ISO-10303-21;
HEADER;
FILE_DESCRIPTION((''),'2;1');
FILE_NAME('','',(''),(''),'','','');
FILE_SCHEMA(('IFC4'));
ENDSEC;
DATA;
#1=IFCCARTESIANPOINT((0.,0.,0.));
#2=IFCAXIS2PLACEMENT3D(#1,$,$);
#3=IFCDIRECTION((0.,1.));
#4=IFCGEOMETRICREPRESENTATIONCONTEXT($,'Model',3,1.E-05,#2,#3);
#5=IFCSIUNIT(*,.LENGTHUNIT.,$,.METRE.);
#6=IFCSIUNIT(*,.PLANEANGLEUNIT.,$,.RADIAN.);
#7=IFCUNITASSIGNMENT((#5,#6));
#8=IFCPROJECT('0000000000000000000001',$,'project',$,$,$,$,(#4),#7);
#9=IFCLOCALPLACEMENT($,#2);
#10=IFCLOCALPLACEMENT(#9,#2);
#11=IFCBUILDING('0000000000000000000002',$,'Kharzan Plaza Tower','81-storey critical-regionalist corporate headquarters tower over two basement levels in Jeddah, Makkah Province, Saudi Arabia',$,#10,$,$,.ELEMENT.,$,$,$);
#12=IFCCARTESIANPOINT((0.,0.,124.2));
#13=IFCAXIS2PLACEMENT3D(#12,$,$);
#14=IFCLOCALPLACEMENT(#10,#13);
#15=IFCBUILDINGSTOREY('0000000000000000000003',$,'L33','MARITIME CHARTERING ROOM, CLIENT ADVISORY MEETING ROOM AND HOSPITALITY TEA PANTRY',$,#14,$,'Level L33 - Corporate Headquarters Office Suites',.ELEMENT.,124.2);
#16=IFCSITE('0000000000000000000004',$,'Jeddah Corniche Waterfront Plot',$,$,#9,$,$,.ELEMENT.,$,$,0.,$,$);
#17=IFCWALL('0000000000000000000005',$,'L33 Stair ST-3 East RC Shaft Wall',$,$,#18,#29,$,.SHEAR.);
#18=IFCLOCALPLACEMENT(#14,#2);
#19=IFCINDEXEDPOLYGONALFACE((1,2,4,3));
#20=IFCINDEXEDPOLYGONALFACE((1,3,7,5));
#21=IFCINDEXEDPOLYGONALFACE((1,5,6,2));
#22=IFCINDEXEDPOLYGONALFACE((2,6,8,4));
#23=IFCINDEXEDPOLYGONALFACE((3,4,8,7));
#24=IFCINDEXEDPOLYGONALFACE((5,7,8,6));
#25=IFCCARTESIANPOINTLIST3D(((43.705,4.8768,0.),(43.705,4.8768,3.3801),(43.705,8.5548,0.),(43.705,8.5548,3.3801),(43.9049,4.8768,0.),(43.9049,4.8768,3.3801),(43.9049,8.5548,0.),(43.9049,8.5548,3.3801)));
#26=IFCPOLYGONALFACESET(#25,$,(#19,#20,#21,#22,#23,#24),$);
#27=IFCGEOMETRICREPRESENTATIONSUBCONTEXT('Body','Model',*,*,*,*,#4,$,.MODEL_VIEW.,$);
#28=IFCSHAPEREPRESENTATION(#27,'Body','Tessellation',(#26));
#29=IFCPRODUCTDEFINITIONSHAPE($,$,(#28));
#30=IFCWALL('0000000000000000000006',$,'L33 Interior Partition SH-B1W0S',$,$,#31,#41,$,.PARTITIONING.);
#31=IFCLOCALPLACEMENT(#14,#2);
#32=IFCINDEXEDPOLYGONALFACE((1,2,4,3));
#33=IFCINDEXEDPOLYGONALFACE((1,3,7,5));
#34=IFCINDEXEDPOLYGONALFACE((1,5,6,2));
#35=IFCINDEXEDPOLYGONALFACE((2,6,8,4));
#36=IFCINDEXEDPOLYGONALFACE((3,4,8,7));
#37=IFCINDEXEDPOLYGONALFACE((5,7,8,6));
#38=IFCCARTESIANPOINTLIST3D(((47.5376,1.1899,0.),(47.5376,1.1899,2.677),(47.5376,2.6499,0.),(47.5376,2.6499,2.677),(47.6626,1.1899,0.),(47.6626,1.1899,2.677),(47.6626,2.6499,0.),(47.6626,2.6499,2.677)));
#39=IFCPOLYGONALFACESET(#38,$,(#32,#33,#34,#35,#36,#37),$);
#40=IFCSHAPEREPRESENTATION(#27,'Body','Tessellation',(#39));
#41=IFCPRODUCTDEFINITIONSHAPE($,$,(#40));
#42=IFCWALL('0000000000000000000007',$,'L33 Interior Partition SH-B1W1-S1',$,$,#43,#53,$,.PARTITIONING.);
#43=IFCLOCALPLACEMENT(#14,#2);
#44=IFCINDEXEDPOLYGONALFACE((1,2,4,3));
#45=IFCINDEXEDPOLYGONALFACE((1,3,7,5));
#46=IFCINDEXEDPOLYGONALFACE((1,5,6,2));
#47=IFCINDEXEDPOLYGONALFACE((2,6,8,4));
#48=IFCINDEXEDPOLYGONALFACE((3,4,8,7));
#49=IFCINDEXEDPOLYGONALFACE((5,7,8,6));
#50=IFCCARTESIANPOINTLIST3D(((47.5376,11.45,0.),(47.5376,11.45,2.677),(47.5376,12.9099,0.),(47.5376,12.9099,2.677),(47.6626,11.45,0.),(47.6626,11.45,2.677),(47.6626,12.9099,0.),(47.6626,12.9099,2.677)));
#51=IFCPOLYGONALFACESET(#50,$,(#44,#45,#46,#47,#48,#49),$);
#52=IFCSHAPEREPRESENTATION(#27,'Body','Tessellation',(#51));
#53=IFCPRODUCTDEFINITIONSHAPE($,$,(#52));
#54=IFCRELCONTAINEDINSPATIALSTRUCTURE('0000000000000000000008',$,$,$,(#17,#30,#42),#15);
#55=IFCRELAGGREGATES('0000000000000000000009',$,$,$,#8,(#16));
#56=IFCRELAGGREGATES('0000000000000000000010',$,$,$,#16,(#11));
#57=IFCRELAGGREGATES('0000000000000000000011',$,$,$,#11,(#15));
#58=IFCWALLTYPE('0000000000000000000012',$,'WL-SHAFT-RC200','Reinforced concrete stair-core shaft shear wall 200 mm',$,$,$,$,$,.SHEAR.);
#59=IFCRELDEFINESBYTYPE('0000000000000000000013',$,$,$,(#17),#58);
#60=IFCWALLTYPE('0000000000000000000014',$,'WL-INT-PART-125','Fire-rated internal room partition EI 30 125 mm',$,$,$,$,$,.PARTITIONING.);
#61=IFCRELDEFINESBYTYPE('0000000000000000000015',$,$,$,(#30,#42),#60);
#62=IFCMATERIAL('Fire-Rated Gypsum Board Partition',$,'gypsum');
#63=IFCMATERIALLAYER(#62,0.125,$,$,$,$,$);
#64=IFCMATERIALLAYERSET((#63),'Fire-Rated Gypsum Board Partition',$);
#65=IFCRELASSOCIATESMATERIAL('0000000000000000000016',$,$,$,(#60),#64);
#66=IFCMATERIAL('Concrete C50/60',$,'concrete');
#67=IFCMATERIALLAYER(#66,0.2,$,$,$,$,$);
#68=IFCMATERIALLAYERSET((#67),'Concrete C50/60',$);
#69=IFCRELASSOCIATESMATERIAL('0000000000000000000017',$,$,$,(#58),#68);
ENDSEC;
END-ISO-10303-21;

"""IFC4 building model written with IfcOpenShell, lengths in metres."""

from ifc_helpers import new_model, si_unit, direction, frame, frame_2d, origin, place, context, subcontext, project, spatial, rectangle, extrude, source, transform, mapped, material, layer, layer_set, type_object, element, save


model = new_model("IFC4")

# Units and contexts
model_context = context("Model", 3, precision=1e-05, world=origin(), true_north=direction((0.0, 1.0)))
body_context = subcontext(model_context, "Body", "Model", "MODEL_VIEW")
ifc_project = project(units=[si_unit("LENGTHUNIT", "METRE"), si_unit("PLANEANGLEUNIT", "RADIAN")], contexts=[model_context])

# Site, building, storey
site_placement = place(None, origin())
site = spatial("IfcSite", under=ifc_project, at=site_placement, Name="Jeddah Corniche Waterfront Plot", CompositionType="ELEMENT", RefElevation=0.0)
building_placement = place(site_placement, origin())
building = spatial("IfcBuilding", under=site, at=building_placement, Name="Kharzan Plaza Tower", Description="81-storey critical-regionalist corporate headquarters tower over two basement levels in Jeddah, Makkah Province, Saudi Arabia", CompositionType="ELEMENT")
storey_placement = place(building_placement, frame((0.0, 0.0, 124.2)))
storey = spatial("IfcBuildingStorey", under=building, at=storey_placement, Name="L33", Description="MARITIME CHARTERING ROOM, CLIENT ADVISORY MEETING ROOM AND HOSPITALITY TEA PANTRY", LongName="Level L33 - Corporate Headquarters Office Suites", CompositionType="ELEMENT", Elevation=124.2)

# Shared definitions
ifc_material_1 = material(Name="Concrete C50/60", Category="concrete")

# Shared definitions
ifc_material_2 = material(Name="Fire-Rated Gypsum Board Partition", Category="gypsum")
ifc_layer_1 = layer(ifc_material_2, 0.125)
ifc_layer_set_1 = layer_set([ifc_layer_1], Name="Fire-Rated Gypsum Board Partition")
wall_type_1 = type_object("IfcWallType", Name="WL-INT-PART-125", Description="Fire-rated internal room partition EI 30 125 mm", PredefinedType="PARTITIONING", material=ifc_layer_set_1)

# Walls
ifc_layer_2 = layer(ifc_material_1, 0.2)
ifc_layer_set_2 = layer_set([ifc_layer_2], Name="Concrete C50/60")
wall_type_2 = type_object("IfcWallType", Name="WL-SHAFT-RC200", Description="Reinforced concrete stair-core shaft shear wall 200 mm", PredefinedType="SHEAR", material=ifc_layer_set_2)
shared_shape_1 = source(origin(), body_context, "Body", "SweptSolid", [
    extrude(rectangle(XDim=3.678, YDim=0.2, at=frame_2d((1.8389, 0.0))), origin(), (0.0, 0.0, 1.0), 3.3801),
])
wall_1_placement = place(storey_placement, frame((43.8049, 4.877, 0.0), z_axis=(0.0, 0.0, 1.0), x_axis=(0.0, 1.0, 0.0)))
element("IfcWall", 1, at=wall_1_placement, inside=storey, type_object=wall_type_2, Name="L33 Stair ST-3 East RC Shaft Wall", PredefinedType="SHEAR", context=body_context, shape_type="MappedRepresentation", body=[
    mapped(shared_shape_1, transform((0.0, 0.0, 0.0), x_axis=(1.0, 0.0, 0.0), y_axis=(0.0, 1.0, 0.0), z_axis=(0.0, 0.0, 1.0))),
])
shared_shape_2 = source(origin(), body_context, "Body", "SweptSolid", [
    extrude(rectangle(XDim=1.46, YDim=0.125, at=frame_2d((0.73, 0.0))), origin(), (0.0, 0.0, 1.0), 2.677),
])
for number, where, z_axis, x_axis, name in (
    (2, (47.6001, 1.1899, 0.0), (0.0, 0.0, 1.0), (0.0, 1.0, 0.0), "L33 Interior Partition SH-B1W0S"),
    (3, (47.6001, 11.45, 0.0), (0.0, 0.0, 1.0), (0.0, 1.0, 0.0), "L33 Interior Partition SH-B1W1-S1"),
):
    element("IfcWall", number, at=place(storey_placement, frame(where, z_axis=z_axis, x_axis=x_axis)), inside=storey, type_object=wall_type_1, Name=name, PredefinedType="PARTITIONING", context=body_context, shape_type="MappedRepresentation", body=[
        mapped(shared_shape_2, transform((0.0, 0.0, 0.0), x_axis=(1.0, 0.0, 0.0), y_axis=(0.0, 1.0, 0.0), z_axis=(0.0, 0.0, 1.0))),
    ])

save(model, "model.ifc")
